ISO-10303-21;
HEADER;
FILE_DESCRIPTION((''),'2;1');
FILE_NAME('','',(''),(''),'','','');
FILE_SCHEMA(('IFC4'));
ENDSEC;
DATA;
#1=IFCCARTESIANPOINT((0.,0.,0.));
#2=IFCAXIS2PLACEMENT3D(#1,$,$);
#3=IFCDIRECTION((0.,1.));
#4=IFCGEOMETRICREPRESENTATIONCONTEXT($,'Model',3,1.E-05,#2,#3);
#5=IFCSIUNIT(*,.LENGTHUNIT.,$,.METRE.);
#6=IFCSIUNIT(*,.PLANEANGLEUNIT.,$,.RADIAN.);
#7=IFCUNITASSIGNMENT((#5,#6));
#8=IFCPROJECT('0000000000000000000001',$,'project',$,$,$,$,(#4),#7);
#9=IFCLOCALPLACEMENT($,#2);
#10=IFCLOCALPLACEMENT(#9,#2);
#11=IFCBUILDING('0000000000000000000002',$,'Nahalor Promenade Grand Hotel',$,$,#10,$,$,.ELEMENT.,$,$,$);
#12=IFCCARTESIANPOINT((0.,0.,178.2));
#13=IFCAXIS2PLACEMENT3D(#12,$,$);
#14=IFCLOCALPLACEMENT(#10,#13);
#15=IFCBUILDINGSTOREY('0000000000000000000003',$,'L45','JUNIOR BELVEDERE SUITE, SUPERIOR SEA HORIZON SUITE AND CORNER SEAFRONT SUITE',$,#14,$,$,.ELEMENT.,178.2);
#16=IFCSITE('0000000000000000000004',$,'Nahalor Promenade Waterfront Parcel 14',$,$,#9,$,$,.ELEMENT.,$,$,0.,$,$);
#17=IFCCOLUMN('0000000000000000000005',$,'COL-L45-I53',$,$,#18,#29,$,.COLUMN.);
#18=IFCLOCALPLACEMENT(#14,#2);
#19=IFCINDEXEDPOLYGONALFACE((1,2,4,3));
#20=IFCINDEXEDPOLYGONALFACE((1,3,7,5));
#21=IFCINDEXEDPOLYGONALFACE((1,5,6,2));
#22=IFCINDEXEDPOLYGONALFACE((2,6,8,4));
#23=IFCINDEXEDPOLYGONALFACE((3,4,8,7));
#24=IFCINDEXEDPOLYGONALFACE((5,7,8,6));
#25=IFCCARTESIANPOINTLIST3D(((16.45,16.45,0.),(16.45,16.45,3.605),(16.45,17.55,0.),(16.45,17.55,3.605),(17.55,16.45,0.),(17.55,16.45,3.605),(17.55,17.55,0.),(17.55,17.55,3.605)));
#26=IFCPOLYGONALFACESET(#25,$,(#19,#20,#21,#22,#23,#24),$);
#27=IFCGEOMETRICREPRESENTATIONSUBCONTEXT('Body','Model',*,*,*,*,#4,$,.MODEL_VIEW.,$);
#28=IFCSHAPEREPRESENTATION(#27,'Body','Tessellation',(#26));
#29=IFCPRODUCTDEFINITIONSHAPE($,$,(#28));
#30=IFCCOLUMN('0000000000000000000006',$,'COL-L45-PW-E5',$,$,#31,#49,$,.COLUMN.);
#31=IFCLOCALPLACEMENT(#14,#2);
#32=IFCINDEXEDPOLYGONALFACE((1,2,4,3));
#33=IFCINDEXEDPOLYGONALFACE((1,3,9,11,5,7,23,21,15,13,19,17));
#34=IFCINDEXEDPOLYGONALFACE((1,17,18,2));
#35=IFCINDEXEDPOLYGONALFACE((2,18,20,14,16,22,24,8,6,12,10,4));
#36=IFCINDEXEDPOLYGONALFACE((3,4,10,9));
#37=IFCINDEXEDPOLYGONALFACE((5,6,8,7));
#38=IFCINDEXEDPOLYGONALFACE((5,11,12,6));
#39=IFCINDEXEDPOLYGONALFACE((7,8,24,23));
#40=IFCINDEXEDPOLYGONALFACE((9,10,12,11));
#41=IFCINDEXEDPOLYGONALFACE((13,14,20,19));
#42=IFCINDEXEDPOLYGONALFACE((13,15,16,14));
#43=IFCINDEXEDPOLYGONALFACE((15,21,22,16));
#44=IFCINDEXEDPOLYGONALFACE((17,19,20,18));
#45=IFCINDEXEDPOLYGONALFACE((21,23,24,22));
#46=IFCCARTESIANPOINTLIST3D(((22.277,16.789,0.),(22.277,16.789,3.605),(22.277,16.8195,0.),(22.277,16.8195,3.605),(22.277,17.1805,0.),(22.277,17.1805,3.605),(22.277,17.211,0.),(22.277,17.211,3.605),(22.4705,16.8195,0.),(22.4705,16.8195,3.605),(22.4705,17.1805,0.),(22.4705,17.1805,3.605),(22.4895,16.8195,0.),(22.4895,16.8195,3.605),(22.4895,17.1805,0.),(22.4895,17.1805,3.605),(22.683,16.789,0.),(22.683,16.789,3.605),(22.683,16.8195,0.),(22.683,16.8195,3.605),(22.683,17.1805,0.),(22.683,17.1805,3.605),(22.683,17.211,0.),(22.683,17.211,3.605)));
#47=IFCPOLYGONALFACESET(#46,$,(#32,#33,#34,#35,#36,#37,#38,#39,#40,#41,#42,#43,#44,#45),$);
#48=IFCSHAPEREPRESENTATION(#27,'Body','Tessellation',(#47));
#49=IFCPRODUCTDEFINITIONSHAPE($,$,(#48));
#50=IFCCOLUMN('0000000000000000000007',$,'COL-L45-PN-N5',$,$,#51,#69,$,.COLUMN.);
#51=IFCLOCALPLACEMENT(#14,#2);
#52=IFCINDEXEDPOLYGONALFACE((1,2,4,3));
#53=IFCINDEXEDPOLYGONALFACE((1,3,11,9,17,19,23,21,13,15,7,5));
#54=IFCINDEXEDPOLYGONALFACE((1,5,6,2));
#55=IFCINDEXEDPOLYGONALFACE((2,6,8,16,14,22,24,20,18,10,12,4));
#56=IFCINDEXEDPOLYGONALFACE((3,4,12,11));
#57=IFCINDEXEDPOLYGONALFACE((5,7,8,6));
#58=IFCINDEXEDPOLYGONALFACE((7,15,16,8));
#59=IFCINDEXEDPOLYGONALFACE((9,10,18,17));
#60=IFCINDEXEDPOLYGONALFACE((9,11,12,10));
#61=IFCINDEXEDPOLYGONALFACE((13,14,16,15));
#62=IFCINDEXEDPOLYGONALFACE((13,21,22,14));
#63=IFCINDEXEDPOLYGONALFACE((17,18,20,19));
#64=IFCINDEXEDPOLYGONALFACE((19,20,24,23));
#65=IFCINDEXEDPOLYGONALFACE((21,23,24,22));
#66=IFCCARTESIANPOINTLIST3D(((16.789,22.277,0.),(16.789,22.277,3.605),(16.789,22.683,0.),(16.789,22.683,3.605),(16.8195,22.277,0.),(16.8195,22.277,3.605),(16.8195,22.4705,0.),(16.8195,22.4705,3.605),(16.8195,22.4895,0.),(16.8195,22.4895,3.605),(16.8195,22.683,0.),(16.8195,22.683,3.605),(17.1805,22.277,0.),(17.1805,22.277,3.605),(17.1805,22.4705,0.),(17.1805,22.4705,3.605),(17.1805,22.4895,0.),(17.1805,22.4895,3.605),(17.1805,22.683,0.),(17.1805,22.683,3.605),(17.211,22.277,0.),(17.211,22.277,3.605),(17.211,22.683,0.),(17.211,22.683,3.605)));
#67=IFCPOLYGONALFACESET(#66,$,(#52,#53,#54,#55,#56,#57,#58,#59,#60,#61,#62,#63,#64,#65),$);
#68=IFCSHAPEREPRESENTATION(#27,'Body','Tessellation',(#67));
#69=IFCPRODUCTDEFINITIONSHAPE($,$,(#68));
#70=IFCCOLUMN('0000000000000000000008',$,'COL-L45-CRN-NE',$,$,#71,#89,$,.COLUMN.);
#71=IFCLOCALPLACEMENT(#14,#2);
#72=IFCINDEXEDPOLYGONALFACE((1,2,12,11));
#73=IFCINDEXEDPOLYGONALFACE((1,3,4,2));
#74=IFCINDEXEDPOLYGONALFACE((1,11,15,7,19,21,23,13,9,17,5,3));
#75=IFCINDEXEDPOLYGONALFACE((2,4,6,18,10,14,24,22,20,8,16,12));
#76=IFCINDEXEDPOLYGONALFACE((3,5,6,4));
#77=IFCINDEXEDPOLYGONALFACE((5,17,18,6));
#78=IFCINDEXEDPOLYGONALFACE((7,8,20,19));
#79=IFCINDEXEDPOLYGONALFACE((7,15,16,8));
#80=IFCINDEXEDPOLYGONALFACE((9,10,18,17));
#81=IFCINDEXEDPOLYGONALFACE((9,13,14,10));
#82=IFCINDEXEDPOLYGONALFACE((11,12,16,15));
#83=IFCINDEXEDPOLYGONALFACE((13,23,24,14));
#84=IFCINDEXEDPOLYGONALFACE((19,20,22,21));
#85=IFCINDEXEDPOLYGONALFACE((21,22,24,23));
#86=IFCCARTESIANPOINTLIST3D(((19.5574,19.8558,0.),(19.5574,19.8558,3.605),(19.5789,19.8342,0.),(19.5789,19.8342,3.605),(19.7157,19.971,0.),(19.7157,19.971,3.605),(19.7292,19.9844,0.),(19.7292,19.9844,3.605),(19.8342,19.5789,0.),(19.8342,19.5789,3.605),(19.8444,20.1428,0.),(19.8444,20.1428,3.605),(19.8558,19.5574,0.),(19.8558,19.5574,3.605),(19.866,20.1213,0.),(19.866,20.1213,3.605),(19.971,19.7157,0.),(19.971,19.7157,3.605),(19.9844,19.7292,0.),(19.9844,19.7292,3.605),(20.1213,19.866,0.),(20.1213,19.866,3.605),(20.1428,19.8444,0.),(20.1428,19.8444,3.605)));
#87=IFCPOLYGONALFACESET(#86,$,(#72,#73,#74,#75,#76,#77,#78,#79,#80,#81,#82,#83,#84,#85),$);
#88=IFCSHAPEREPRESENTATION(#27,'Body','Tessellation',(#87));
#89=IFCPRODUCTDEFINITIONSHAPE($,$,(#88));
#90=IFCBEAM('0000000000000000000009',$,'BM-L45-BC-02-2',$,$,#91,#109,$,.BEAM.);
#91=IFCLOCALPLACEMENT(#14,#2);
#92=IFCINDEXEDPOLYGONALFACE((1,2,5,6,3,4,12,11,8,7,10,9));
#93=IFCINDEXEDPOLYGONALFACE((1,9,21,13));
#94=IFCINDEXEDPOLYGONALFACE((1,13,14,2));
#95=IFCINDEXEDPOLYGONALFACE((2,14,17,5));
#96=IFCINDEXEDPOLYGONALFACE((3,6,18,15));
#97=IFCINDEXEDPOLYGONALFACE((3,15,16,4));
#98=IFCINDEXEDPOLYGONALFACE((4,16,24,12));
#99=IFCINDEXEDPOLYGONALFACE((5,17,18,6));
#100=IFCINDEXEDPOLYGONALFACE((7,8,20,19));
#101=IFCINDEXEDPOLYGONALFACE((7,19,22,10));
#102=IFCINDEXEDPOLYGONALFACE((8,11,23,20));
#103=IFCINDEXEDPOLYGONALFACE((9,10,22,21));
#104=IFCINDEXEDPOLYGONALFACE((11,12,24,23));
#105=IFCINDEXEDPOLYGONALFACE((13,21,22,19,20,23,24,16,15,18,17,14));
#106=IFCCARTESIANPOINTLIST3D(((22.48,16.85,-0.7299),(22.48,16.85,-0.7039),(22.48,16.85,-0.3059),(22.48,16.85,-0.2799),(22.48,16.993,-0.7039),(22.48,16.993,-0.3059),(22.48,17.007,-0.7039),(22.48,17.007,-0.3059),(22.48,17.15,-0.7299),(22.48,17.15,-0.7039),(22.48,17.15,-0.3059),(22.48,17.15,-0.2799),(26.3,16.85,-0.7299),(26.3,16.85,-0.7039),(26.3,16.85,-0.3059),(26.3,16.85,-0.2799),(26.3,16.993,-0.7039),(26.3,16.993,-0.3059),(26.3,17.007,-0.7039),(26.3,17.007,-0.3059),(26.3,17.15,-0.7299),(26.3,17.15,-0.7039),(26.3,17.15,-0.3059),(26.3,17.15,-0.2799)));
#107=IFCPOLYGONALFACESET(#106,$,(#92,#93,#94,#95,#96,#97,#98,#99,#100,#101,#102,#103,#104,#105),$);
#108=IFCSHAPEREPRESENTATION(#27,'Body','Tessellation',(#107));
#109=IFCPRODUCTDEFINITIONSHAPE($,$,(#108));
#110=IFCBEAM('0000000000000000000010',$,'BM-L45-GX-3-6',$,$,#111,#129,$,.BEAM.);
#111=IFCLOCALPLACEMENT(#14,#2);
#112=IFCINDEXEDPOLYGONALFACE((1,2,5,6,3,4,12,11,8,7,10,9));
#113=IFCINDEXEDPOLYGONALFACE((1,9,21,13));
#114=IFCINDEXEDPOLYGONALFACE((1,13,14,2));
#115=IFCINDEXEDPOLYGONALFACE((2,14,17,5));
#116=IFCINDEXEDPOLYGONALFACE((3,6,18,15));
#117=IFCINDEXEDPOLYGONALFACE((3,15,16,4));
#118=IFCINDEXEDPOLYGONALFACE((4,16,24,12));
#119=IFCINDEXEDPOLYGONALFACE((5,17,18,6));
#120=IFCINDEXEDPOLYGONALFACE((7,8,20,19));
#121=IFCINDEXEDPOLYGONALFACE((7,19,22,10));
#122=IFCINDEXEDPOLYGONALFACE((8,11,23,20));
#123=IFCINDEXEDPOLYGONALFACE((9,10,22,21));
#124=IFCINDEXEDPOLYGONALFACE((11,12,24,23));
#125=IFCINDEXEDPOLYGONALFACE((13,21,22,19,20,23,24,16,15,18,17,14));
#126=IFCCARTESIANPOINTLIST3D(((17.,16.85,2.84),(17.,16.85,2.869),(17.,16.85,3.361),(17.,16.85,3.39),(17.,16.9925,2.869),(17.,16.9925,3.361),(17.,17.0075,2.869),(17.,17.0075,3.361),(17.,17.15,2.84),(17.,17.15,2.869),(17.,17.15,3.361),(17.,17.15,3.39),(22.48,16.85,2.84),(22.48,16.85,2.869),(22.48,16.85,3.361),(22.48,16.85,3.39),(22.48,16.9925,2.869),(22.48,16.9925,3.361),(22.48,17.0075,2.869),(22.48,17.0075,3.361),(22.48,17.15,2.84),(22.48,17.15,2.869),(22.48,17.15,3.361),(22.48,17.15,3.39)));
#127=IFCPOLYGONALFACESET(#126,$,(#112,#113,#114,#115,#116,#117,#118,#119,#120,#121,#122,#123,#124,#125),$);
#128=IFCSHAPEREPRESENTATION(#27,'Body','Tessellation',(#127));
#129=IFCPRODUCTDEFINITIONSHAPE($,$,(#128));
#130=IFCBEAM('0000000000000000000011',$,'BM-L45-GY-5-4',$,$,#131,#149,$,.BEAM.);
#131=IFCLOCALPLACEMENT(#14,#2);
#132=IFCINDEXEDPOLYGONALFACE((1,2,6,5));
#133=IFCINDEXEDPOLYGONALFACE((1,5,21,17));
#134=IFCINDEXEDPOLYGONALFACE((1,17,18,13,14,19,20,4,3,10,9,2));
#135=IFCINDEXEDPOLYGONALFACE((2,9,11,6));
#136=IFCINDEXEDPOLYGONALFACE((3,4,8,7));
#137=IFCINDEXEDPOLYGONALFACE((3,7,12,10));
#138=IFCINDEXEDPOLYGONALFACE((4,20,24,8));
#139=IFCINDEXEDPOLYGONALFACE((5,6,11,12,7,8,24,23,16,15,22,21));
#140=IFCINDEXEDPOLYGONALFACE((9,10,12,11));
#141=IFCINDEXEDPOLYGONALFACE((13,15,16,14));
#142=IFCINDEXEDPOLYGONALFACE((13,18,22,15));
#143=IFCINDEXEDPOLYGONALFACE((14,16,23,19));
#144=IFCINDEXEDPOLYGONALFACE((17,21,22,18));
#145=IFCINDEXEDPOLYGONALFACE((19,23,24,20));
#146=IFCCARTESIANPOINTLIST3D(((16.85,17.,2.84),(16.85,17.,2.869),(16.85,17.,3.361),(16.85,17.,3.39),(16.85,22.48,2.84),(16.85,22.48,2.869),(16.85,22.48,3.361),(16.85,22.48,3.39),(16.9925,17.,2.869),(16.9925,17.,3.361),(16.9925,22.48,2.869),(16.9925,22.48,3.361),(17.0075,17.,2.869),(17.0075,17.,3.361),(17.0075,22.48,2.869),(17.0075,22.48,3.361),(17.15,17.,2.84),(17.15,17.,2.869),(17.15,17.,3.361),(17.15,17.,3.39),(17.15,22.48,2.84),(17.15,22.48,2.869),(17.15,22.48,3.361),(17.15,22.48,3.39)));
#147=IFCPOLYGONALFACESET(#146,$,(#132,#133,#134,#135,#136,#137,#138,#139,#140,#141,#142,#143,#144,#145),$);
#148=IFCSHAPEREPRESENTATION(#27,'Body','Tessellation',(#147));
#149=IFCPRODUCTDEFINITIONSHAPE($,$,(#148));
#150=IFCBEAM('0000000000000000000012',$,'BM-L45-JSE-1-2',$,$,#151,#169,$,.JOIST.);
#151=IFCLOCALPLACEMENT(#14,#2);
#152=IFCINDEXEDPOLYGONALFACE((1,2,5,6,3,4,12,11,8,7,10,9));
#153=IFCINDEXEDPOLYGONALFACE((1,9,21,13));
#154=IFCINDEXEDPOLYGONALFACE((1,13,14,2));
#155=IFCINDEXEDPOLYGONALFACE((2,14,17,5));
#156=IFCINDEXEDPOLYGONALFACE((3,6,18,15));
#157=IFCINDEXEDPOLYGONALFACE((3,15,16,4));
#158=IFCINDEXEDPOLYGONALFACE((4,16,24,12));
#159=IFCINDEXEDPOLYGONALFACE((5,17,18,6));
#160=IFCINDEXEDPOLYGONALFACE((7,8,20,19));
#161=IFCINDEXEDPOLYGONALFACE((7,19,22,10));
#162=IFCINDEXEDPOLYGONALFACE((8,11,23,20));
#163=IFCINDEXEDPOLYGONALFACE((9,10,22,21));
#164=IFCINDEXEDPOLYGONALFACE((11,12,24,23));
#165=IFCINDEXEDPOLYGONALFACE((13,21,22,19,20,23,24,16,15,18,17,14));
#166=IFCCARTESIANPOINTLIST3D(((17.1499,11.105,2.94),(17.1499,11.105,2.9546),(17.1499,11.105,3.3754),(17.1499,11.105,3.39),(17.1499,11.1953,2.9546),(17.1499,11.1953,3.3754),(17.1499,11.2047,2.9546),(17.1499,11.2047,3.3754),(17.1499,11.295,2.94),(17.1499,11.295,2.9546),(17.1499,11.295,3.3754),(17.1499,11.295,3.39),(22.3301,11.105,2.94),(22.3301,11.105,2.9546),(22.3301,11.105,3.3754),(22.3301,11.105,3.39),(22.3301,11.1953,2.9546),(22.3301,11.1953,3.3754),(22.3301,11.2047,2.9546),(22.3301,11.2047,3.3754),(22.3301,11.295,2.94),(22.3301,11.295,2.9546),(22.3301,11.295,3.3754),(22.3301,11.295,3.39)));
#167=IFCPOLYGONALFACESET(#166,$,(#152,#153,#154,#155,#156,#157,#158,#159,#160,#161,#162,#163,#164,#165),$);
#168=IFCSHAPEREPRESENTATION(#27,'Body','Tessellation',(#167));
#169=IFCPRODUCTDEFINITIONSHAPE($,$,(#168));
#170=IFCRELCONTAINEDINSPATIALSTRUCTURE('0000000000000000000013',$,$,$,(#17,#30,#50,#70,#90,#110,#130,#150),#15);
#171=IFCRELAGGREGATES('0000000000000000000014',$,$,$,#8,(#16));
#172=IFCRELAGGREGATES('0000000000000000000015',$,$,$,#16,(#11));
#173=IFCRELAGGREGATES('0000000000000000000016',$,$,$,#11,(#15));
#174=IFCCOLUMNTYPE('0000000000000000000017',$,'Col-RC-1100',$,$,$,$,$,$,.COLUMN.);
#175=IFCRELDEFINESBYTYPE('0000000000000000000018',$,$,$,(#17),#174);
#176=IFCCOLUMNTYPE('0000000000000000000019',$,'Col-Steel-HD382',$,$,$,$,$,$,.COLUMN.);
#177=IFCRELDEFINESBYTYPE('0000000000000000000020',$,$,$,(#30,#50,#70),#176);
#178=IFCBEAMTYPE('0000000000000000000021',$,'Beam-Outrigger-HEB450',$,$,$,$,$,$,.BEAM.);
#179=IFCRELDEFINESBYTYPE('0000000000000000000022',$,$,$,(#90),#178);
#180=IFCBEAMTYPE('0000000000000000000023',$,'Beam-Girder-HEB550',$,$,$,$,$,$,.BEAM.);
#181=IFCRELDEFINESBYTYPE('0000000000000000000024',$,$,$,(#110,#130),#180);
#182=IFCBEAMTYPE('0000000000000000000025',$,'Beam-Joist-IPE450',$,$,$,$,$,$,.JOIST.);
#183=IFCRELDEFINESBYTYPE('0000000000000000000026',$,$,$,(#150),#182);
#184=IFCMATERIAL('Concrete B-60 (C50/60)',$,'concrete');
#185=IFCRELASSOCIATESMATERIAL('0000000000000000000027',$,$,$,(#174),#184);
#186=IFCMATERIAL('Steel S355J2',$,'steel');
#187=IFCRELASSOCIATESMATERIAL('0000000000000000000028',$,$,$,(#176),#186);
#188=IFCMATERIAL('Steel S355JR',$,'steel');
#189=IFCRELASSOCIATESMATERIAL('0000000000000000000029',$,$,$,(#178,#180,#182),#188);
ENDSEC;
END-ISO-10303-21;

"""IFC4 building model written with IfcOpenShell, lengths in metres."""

from ifc_helpers import new_model, si_unit, direction, frame, origin, origin_2d, place, context, subcontext, project, spatial, rectangle, i_section, extrude, source, transform, mapped, material, material_profile, profile_set, type_object, element, save


model = new_model("IFC4")

# Units and contexts
model_context = context("Model", 3, precision=1e-05, world=origin(), true_north=direction((0.0, 1.0)))
body_context = subcontext(model_context, "Body", "Model", "MODEL_VIEW")
ifc_project = project(units=[si_unit("LENGTHUNIT", "METRE"), si_unit("PLANEANGLEUNIT", "RADIAN")], contexts=[model_context])

# Site, building, storey
site_placement = place(None, origin())
site = spatial("IfcSite", under=ifc_project, at=site_placement, Name="Nahalor Promenade Waterfront Parcel 14", CompositionType="ELEMENT", RefElevation=0.0)
building_placement = place(site_placement, origin())
building = spatial("IfcBuilding", under=site, at=building_placement, Name="Nahalor Promenade Grand Hotel", CompositionType="ELEMENT")
storey_placement = place(building_placement, frame((0.0, 0.0, 178.2)))
storey = spatial("IfcBuildingStorey", under=building, at=storey_placement, Name="L45", Description="JUNIOR BELVEDERE SUITE, SUPERIOR SEA HORIZON SUITE AND CORNER SEAFRONT SUITE", CompositionType="ELEMENT", Elevation=178.2)

# Columns
ifc_material_1 = material(Name="Concrete B-60 (C50/60)", Category="concrete")
ifc_material_profile_1 = material_profile(ifc_material_1, rectangle(XDim=1.1, YDim=1.1, at=origin_2d()), Name="RC 1100x1100")
ifc_profile_set_1 = profile_set([ifc_material_profile_1], Name="Concrete B-60 (C50/60)")
column_type_1 = type_object("IfcColumnType", Name="Col-RC-1100", PredefinedType="COLUMN", material=ifc_profile_set_1)
shared_shape_1 = source(origin(), body_context, "Body", "SweptSolid", [
    extrude(rectangle(XDim=1.1, YDim=1.1, at=origin_2d()), origin(), (0.0, 0.0, 1.0), 3.605),
])
column_placement = place(storey_placement, frame((17.0, 17.0, 0.0), z_axis=(0.0, 0.0, 1.0), x_axis=(1.0, 0.0, 0.0)))
element("IfcColumn", 1, at=column_placement, inside=storey, type_object=column_type_1, Name="COL-L45-I53", PredefinedType="COLUMN", context=body_context, shape_type="MappedRepresentation", body=[
    mapped(shared_shape_1, transform((0.0, 0.0, 0.0), scale=1.0)),
])
ifc_material_2 = material(Name="Steel S355J2", Category="steel")
ifc_material_profile_2 = material_profile(ifc_material_2, i_section(OverallWidth=0.406, OverallDepth=0.422, WebThickness=0.019, FlangeThickness=0.0305, at=origin_2d()), Name="HD 400x382")
ifc_profile_set_2 = profile_set([ifc_material_profile_2], Name="Steel S355J2")
column_type_2 = type_object("IfcColumnType", Name="Col-Steel-HD382", PredefinedType="COLUMN", material=ifc_profile_set_2)
shared_shape_2 = source(origin(), body_context, "Body", "SweptSolid", [
    extrude(i_section(OverallWidth=0.406, OverallDepth=0.422, WebThickness=0.019, FlangeThickness=0.0305, at=origin_2d()), origin(), (0.0, 0.0, 1.0), 3.605),
])
for number, where, z_axis, x_axis, name in (
    (2, (22.48, 17.0, 0.0), (0.0, 0.0, 1.0), (1.0, 0.0, 0.0), "COL-L45-PW-E5"),
    (3, (17.0, 22.48, 0.0), (0.0, 0.0, 1.0), (0.0, 1.0, 0.0), "COL-L45-PN-N5"),
    (4, (19.8501, 19.8501, 0.0), (0.0, 0.0, 1.0), (0.707107, 0.707107, 0.0), "COL-L45-CRN-NE"),
):
    element("IfcColumn", number, at=place(storey_placement, frame(where, z_axis=z_axis, x_axis=x_axis)), inside=storey, type_object=column_type_2, Name=name, PredefinedType="COLUMN", context=body_context, shape_type="MappedRepresentation", body=[
        mapped(shared_shape_2, transform((0.0, 0.0, 0.0), scale=1.0)),
    ])

# Beams
ifc_material_3 = material(Name="Steel S355JR", Category="steel")
ifc_material_profile_3 = material_profile(ifc_material_3, i_section(OverallWidth=0.3, OverallDepth=0.45, WebThickness=0.014, FlangeThickness=0.026, at=origin_2d()), Name="HEB 450")
ifc_profile_set_3 = profile_set([ifc_material_profile_3], Name="Steel S355JR")
beam_type_1 = type_object("IfcBeamType", Name="Beam-Outrigger-HEB450", PredefinedType="BEAM", material=ifc_profile_set_3)
shared_shape_3 = source(origin(), body_context, "Body", "SweptSolid", [
    extrude(i_section(OverallWidth=0.3, OverallDepth=0.45, WebThickness=0.014, FlangeThickness=0.026, at=origin_2d()), origin(), (0.0, 0.0, 1.0), 3.8201),
])
beam_1_placement = place(storey_placement, frame((22.48, 17.0, -0.5049), z_axis=(1.0, 0.0, 0.0), x_axis=(0.0, 1.0, 0.0)))
element("IfcBeam", 5, at=beam_1_placement, inside=storey, type_object=beam_type_1, Name="BM-L45-BC-02-2", PredefinedType="BEAM", context=body_context, shape_type="MappedRepresentation", body=[
    mapped(shared_shape_3, transform((0.0, 0.0, 0.0), scale=1.0)),
])
ifc_material_profile_4 = material_profile(ifc_material_3, i_section(OverallWidth=0.3, OverallDepth=0.55, WebThickness=0.015, FlangeThickness=0.029, at=origin_2d()), Name="HEB 550")
ifc_profile_set_4 = profile_set([ifc_material_profile_4], Name="Steel S355JR")
beam_type_2 = type_object("IfcBeamType", Name="Beam-Girder-HEB550", PredefinedType="BEAM", material=ifc_profile_set_4)
shared_shape_4 = source(origin(), body_context, "Body", "SweptSolid", [
    extrude(i_section(OverallWidth=0.3, OverallDepth=0.55, WebThickness=0.015, FlangeThickness=0.029, at=origin_2d()), origin(), (0.0, 0.0, 1.0), 5.48),
])
for number, where, z_axis, x_axis, name in (
    (6, (17.0, 17.0, 3.115), (1.0, 0.0, 0.0), (0.0, 1.0, 0.0), "BM-L45-GX-3-6"),
    (7, (17.0, 17.0, 3.115), (0.0, 1.0, 0.0), (-1.0, 0.0, 0.0), "BM-L45-GY-5-4"),
):
    element("IfcBeam", number, at=place(storey_placement, frame(where, z_axis=z_axis, x_axis=x_axis)), inside=storey, type_object=beam_type_2, Name=name, PredefinedType="BEAM", context=body_context, shape_type="MappedRepresentation", body=[
        mapped(shared_shape_4, transform((0.0, 0.0, 0.0), scale=1.0)),
    ])
ifc_material_profile_5 = material_profile(ifc_material_3, i_section(OverallWidth=0.19, OverallDepth=0.45, WebThickness=0.0094, FlangeThickness=0.0146, at=origin_2d()), Name="IPE 450")
ifc_profile_set_5 = profile_set([ifc_material_profile_5], Name="Steel S355JR")
beam_type_3 = type_object("IfcBeamType", Name="Beam-Joist-IPE450", PredefinedType="JOIST", material=ifc_profile_set_5)
shared_shape_5 = source(origin(), body_context, "Body", "SweptSolid", [
    extrude(i_section(OverallWidth=0.19, OverallDepth=0.45, WebThickness=0.0094, FlangeThickness=0.0146, at=origin_2d()), origin(), (0.0, 0.0, 1.0), 5.1802),
])
beam_2_placement = place(storey_placement, frame((17.1499, 11.2, 3.165), z_axis=(1.0, 0.0, 0.0), x_axis=(0.0, 1.0, 0.0)))
element("IfcBeam", 8, at=beam_2_placement, inside=storey, type_object=beam_type_3, Name="BM-L45-JSE-1-2", PredefinedType="JOIST", context=body_context, shape_type="MappedRepresentation", body=[
    mapped(shared_shape_5, transform((0.0, 0.0, 0.0), scale=1.0)),
])

save(model, "model.ifc")
